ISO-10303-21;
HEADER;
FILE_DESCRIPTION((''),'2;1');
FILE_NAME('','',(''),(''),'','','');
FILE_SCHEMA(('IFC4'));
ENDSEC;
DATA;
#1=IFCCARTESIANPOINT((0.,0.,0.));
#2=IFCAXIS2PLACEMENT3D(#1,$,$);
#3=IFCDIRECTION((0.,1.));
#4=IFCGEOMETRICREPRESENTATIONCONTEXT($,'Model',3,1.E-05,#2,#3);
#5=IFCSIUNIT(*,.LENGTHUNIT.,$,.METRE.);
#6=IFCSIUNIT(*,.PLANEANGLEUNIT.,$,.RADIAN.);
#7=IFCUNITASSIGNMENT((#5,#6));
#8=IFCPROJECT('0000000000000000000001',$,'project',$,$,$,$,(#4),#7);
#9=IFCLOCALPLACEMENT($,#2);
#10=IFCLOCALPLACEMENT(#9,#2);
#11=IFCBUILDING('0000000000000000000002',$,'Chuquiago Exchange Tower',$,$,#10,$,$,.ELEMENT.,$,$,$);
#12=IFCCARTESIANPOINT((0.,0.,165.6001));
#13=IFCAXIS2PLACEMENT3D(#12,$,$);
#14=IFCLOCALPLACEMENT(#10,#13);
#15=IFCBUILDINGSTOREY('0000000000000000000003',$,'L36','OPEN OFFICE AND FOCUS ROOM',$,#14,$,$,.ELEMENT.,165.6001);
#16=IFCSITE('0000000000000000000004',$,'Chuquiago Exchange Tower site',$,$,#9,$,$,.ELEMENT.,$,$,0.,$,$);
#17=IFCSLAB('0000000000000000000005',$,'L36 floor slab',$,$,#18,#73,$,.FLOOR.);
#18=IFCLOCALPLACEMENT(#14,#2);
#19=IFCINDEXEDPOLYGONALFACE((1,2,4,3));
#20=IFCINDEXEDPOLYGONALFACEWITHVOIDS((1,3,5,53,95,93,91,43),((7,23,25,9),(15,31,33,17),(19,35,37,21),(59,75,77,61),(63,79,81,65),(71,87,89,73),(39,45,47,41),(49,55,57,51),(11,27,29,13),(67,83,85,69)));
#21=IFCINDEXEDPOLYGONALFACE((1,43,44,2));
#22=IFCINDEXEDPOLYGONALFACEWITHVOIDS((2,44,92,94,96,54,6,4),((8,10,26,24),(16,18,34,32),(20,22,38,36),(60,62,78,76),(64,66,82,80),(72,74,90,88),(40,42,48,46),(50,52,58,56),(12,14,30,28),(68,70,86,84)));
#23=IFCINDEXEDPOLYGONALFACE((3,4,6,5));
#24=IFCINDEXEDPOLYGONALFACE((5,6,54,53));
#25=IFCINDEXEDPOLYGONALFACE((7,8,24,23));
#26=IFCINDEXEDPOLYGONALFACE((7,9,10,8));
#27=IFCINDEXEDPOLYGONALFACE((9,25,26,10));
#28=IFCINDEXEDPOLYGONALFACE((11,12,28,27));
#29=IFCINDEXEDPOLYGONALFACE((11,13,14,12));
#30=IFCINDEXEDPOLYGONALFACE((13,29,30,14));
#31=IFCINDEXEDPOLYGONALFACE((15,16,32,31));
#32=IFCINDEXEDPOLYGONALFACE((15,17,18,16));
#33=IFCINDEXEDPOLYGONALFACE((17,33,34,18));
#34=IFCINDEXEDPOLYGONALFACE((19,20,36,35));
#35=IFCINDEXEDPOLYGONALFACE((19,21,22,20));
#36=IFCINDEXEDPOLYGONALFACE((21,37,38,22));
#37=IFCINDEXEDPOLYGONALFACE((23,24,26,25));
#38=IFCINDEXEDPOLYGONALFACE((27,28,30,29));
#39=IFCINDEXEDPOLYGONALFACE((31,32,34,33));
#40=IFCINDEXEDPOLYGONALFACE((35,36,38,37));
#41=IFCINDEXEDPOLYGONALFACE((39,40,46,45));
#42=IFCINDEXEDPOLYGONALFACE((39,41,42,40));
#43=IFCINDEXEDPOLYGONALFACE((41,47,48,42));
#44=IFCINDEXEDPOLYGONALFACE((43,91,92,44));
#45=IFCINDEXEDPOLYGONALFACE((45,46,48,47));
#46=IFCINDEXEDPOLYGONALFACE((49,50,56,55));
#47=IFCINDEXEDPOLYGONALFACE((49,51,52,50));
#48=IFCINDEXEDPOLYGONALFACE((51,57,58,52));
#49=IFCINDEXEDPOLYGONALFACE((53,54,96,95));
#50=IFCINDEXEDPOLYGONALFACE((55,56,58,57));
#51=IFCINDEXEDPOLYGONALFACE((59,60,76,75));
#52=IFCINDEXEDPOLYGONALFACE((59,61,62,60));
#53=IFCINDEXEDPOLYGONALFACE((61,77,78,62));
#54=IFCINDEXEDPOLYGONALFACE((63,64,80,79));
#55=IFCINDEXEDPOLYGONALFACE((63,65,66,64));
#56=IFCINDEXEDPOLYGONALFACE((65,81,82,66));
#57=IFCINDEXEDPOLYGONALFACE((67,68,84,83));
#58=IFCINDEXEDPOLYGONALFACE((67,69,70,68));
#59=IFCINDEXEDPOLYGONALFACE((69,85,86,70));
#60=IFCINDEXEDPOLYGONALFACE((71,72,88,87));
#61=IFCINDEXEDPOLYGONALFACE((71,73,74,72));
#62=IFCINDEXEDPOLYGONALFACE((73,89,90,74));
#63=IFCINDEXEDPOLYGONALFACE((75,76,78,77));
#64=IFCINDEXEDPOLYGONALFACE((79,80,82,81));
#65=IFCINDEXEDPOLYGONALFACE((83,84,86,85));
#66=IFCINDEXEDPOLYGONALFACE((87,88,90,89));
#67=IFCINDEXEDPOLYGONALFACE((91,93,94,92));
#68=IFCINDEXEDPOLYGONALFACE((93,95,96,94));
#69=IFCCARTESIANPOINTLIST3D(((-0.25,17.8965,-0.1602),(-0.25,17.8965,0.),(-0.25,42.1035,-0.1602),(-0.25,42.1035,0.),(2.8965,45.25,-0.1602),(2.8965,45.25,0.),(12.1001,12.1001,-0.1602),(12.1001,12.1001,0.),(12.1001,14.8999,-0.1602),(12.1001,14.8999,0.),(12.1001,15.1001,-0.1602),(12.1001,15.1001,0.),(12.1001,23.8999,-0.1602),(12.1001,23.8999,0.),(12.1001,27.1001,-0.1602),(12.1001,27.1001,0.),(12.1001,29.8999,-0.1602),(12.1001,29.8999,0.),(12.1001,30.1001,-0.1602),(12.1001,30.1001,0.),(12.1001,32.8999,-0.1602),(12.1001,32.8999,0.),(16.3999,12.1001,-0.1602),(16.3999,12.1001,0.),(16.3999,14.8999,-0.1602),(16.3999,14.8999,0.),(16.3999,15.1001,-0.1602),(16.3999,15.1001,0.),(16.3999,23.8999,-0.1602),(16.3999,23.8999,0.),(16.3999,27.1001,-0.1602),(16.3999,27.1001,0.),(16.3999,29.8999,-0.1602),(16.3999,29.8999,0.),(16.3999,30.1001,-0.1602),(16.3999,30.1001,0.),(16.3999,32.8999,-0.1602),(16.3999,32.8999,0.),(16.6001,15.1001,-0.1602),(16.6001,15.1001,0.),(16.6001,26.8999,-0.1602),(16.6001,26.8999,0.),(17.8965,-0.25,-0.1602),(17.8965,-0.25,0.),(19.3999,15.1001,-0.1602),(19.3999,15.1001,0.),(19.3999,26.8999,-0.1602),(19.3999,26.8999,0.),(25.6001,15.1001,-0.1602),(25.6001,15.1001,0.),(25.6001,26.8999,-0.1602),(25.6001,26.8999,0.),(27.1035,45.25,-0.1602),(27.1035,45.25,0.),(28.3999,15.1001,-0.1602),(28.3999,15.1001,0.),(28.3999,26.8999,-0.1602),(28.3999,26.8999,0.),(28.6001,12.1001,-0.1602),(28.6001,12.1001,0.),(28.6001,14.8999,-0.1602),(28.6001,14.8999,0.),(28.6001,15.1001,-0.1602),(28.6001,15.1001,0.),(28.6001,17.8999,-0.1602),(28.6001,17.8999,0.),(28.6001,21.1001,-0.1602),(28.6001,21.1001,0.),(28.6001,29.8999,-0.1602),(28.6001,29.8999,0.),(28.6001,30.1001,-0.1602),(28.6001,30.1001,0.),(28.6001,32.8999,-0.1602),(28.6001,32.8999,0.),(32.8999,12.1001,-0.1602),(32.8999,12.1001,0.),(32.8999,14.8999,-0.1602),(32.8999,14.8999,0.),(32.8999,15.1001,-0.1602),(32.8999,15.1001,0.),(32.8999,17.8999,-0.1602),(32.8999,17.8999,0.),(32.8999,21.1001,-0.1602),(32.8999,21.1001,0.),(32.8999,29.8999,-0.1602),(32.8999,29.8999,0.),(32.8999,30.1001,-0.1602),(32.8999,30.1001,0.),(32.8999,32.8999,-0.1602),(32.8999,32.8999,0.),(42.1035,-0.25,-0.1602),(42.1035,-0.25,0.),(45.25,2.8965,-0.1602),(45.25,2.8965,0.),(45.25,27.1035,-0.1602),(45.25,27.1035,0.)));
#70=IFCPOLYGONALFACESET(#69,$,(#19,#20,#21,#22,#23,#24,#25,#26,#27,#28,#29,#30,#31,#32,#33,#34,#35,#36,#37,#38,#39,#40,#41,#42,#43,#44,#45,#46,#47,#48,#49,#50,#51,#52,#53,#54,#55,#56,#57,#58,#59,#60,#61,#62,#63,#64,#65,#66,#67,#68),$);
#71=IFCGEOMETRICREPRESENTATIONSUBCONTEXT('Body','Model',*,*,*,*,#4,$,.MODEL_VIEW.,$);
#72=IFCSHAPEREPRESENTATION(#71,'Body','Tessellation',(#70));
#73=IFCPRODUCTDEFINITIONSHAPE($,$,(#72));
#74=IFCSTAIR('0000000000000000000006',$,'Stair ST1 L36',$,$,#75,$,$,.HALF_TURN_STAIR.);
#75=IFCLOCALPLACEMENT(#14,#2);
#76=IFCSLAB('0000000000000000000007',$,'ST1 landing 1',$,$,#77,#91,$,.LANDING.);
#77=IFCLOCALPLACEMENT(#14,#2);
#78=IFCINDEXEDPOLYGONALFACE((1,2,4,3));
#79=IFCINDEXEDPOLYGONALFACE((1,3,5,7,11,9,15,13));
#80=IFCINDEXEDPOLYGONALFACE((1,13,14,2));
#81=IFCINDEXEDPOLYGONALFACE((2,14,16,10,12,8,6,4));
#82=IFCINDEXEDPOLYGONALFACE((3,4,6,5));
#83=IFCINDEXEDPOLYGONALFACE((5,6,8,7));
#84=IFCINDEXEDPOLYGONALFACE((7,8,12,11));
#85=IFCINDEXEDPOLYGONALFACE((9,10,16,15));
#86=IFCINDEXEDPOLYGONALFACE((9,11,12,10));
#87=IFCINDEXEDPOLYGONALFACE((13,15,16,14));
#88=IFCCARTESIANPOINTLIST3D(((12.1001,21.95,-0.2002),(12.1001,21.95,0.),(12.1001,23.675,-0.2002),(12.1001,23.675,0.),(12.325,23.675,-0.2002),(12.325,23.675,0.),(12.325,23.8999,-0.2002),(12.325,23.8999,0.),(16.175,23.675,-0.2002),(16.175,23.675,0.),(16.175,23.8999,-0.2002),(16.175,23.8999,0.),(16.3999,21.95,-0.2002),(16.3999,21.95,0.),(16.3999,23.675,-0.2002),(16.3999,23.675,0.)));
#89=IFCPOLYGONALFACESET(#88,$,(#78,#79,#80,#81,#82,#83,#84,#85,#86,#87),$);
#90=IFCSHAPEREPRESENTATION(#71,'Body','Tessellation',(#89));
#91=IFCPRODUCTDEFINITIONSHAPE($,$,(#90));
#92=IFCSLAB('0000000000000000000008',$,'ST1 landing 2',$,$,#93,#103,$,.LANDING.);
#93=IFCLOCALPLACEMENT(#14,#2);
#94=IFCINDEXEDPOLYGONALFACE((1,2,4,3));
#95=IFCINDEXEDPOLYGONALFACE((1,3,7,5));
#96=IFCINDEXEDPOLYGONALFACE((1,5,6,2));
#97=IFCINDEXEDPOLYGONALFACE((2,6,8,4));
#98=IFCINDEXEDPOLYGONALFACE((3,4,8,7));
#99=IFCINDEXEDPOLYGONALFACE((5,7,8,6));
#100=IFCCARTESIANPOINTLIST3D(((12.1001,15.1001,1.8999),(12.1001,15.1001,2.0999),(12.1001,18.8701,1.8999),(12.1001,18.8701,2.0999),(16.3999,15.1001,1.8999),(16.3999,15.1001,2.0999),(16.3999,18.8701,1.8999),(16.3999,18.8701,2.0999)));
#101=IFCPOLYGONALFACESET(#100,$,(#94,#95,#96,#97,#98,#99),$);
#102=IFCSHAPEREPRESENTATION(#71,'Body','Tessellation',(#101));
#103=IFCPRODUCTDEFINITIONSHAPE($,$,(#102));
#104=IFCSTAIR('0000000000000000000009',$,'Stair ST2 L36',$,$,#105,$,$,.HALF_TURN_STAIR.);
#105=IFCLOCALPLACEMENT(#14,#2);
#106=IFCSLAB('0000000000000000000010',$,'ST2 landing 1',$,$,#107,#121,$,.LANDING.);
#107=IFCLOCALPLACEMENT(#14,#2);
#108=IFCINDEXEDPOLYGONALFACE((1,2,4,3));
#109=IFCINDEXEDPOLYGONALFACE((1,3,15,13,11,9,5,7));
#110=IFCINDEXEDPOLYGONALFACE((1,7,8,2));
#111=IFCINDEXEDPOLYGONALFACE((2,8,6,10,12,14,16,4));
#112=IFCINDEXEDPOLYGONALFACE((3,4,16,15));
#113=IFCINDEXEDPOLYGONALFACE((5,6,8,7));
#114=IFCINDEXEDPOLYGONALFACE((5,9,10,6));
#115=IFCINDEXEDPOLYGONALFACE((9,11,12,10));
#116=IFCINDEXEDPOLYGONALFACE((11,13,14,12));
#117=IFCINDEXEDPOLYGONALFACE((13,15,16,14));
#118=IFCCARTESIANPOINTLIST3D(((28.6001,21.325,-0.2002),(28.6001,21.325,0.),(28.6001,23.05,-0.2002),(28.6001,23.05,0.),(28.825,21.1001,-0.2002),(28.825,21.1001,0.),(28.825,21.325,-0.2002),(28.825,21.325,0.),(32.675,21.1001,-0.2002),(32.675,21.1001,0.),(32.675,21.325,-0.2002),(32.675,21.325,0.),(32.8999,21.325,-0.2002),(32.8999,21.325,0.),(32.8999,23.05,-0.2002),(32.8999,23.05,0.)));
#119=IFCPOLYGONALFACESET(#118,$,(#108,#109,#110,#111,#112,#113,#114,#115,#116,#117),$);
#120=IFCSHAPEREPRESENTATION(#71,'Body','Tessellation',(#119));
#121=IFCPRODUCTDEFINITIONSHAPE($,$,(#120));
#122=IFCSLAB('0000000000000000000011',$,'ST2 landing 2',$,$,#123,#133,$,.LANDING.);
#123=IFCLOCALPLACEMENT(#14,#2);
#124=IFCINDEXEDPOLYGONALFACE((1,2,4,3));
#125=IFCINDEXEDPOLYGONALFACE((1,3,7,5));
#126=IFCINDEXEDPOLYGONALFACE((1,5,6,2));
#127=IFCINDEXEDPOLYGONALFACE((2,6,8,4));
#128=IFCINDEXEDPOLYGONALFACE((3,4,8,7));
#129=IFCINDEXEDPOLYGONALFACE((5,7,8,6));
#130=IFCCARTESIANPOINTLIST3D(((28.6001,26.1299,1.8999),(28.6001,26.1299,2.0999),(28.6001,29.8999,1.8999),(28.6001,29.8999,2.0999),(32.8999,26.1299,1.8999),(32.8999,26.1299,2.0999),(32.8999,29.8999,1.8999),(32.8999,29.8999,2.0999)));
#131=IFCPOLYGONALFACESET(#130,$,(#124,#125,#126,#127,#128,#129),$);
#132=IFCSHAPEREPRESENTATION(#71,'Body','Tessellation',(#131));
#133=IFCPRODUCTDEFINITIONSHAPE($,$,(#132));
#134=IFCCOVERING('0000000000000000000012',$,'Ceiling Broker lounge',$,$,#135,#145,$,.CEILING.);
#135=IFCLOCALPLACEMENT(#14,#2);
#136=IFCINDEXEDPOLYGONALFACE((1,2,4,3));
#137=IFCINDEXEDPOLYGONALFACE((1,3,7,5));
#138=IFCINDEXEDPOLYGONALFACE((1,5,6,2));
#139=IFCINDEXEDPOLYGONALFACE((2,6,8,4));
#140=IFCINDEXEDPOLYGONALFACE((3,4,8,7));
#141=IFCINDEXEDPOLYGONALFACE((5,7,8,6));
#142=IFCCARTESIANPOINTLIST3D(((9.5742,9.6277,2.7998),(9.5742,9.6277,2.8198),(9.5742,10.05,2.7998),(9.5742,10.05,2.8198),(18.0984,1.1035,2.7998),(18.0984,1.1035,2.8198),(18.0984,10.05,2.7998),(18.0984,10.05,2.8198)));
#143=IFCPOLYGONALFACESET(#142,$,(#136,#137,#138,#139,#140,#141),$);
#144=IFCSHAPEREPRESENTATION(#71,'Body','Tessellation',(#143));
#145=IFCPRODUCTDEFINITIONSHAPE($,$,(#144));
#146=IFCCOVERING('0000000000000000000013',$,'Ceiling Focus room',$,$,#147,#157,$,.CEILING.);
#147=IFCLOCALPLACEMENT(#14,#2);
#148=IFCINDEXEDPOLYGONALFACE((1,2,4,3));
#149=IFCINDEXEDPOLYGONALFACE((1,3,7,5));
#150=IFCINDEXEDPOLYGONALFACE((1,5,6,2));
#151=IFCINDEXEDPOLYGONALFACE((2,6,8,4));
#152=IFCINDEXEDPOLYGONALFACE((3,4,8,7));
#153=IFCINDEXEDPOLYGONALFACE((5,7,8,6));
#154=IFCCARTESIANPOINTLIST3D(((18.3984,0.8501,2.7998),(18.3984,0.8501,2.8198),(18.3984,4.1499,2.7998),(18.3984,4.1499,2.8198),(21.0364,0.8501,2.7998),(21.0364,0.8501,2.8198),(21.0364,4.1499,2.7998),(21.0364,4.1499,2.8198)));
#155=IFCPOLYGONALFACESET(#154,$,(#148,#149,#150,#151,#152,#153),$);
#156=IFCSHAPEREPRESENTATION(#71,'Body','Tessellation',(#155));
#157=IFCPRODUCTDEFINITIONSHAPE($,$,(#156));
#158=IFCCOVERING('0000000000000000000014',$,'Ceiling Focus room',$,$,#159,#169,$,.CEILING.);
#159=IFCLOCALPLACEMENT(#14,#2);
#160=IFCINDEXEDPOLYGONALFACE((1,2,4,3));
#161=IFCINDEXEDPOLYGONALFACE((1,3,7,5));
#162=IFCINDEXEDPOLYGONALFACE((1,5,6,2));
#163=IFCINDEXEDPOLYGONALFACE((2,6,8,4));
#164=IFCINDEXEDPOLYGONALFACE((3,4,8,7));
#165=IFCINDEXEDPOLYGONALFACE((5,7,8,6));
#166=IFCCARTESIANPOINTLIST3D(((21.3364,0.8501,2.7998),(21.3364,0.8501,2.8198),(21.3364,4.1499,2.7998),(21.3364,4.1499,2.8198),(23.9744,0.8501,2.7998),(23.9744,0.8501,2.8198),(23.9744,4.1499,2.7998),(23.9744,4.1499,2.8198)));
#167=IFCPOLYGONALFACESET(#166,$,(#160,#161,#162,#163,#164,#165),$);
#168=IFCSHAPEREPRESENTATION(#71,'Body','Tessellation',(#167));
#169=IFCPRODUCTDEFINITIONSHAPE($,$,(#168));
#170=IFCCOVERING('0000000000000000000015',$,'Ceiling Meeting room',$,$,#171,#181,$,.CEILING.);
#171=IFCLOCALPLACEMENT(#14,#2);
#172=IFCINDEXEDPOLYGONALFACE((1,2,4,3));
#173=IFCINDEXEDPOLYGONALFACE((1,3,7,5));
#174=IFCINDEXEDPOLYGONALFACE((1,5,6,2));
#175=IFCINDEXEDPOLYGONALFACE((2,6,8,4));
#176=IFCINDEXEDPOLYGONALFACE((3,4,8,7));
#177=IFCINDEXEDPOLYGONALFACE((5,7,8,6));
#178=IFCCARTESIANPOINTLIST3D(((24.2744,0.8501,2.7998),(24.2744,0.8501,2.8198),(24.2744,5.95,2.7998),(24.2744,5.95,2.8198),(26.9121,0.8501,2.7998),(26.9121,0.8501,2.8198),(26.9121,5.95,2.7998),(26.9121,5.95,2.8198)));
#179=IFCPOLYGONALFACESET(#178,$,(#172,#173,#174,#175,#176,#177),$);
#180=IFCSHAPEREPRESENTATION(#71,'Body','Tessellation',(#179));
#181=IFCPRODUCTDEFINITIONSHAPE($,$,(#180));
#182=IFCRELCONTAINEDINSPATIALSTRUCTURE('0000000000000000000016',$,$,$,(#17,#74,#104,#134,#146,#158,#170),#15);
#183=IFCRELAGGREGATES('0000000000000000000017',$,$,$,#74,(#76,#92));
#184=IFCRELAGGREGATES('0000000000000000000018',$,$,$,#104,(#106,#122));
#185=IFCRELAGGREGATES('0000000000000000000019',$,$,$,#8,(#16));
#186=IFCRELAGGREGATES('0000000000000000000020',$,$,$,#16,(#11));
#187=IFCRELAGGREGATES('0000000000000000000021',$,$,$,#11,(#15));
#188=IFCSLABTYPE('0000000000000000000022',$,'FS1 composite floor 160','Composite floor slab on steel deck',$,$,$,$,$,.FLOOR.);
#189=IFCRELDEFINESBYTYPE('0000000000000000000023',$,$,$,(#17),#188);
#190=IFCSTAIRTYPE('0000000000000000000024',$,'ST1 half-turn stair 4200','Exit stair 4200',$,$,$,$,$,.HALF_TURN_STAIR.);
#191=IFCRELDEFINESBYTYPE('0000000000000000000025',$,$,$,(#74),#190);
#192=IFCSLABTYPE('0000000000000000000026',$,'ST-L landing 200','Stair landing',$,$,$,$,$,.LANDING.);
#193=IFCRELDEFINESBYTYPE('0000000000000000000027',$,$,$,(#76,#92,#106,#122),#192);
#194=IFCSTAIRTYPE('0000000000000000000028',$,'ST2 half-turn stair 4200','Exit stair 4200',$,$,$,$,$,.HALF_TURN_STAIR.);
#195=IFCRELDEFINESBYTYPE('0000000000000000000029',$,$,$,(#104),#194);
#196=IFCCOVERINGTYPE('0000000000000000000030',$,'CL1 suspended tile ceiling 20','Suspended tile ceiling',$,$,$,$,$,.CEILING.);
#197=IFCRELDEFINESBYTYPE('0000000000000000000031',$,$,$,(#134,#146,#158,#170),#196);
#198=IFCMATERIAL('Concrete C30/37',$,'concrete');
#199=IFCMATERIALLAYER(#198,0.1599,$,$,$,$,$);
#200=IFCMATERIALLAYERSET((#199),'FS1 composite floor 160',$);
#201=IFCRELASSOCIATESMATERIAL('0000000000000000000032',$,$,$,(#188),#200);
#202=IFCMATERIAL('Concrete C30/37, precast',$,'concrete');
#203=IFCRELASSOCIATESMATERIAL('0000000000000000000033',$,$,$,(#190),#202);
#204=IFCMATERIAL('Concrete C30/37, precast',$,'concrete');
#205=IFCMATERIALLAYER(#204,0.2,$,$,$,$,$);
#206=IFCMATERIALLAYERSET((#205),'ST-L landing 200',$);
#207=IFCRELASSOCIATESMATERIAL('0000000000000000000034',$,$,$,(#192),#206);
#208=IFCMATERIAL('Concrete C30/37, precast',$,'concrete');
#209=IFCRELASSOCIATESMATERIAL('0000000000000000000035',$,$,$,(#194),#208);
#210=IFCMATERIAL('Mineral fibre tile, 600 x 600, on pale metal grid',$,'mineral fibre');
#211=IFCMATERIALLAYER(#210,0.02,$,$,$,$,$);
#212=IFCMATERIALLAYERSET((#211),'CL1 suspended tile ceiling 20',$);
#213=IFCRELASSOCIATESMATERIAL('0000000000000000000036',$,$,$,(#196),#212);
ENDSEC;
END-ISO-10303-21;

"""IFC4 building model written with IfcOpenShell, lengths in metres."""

from ifc_helpers import new_model, si_unit, direction, frame, origin, place, context, subcontext, project, spatial, polyline, outline, extrude, material, layer, layer_set, type_object, element, aggregate, save


model = new_model("IFC4")

# Units and contexts
model_context = context("Model", 3, precision=1e-05, world=origin(), true_north=direction((0.0, 1.0)))
body_context = subcontext(model_context, "Body", "Model", "MODEL_VIEW")
ifc_project = project(units=[si_unit("LENGTHUNIT", "METRE"), si_unit("PLANEANGLEUNIT", "RADIAN")], contexts=[model_context])

# Site, building, storey
site_placement = place(None, origin())
site = spatial("IfcSite", under=ifc_project, at=site_placement, Name="Chuquiago Exchange Tower site", CompositionType="ELEMENT", RefElevation=0.0)
building_placement = place(site_placement, origin())
building = spatial("IfcBuilding", under=site, at=building_placement, Name="Chuquiago Exchange Tower", CompositionType="ELEMENT")
storey_placement = place(building_placement, frame((0.0, 0.0, 165.6001)))
storey = spatial("IfcBuildingStorey", under=building, at=storey_placement, Name="L36", Description="OPEN OFFICE AND FOCUS ROOM", CompositionType="ELEMENT", Elevation=165.6001)

# Slab
ifc_material_1 = material(Name="Concrete C30/37", Category="concrete")
ifc_layer_1 = layer(ifc_material_1, 0.1599)
ifc_layer_set_1 = layer_set([ifc_layer_1], Name="FS1 composite floor 160")
slab_type_1 = type_object("IfcSlabType", Name="FS1 composite floor 160", Description="Composite floor slab on steel deck", PredefinedType="FLOOR", material=ifc_layer_set_1)
slab_1_placement = place(storey_placement, frame((0.0, 0.0, -0.1602)))
element("IfcSlab", 1, at=slab_1_placement, inside=storey, type_object=slab_type_1, Name="L36 floor slab", PredefinedType="FLOOR", context=body_context, shape_type="SweptSolid", body=[
    extrude(outline(polyline([(17.8965, -0.25), (-0.25, 17.8965), (-0.25, 42.1035), (2.8965, 45.25), (27.1035, 45.25), (45.25, 27.1035), (45.25, 2.8965), (42.1035, -0.25), (17.8965, -0.25)]), holes=[polyline([(16.3999, 15.1001), (12.1001, 15.1001), (12.1001, 23.8999), (16.3999, 23.8999), (16.3999, 15.1001)]), polyline([(32.8999, 21.1001), (28.6001, 21.1001), (28.6001, 29.8999), (32.8999, 29.8999), (32.8999, 21.1001)]), polyline([(16.3999, 12.1001), (12.1001, 12.1001), (12.1001, 14.8999), (16.3999, 14.8999), (16.3999, 12.1001)]), polyline([(16.3999, 30.1001), (12.1001, 30.1001), (12.1001, 32.8999), (16.3999, 32.8999), (16.3999, 30.1001)]), polyline([(32.8999, 12.1001), (28.6001, 12.1001), (28.6001, 14.8999), (32.8999, 14.8999), (32.8999, 12.1001)]), polyline([(32.8999, 30.1001), (28.6001, 30.1001), (28.6001, 32.8999), (32.8999, 32.8999), (32.8999, 30.1001)]), polyline([(16.3999, 27.1001), (12.1001, 27.1001), (12.1001, 29.8999), (16.3999, 29.8999), (16.3999, 27.1001)]), polyline([(32.8999, 15.1001), (28.6001, 15.1001), (28.6001, 17.8999), (32.8999, 17.8999), (32.8999, 15.1001)]), polyline([(19.3999, 15.1001), (16.6001, 15.1001), (16.6001, 26.8999), (19.3999, 26.8999), (19.3999, 15.1001)]), polyline([(28.3999, 15.1001), (25.6001, 15.1001), (25.6001, 26.8999), (28.3999, 26.8999), (28.3999, 15.1001)])]), origin(), (0.0, 0.0, 1.0), 0.1602),
])

# Stairs, slabs
ifc_material_2 = material(Name="Concrete C30/37, precast", Category="concrete")
stair_type_1 = type_object("IfcStairType", Name="ST1 half-turn stair 4200", Description="Exit stair 4200", PredefinedType="HALF_TURN_STAIR", material=ifc_material_2)
stair_1_placement = place(storey_placement, origin())
stair_1 = element("IfcStair", 2, at=stair_1_placement, inside=storey, type_object=stair_type_1, Name="Stair ST1 L36", PredefinedType="HALF_TURN_STAIR")
ifc_material_3 = material(Name="Concrete C30/37, precast", Category="concrete")
ifc_layer_2 = layer(ifc_material_3, 0.2)
ifc_layer_set_2 = layer_set([ifc_layer_2], Name="ST-L landing 200")
slab_type_2 = type_object("IfcSlabType", Name="ST-L landing 200", Description="Stair landing", PredefinedType="LANDING", material=ifc_layer_set_2)
slab_2_placement = place(storey_placement, frame((0.0, 0.0, -0.2002)))
slab_2 = element("IfcSlab", 3, at=slab_2_placement, type_object=slab_type_2, Name="ST1 landing 1", PredefinedType="LANDING", context=body_context, shape_type="SweptSolid", body=[
    extrude(outline(polyline([(12.325, 23.8999), (16.175, 23.8999), (16.175, 23.675), (16.3999, 23.675), (16.3999, 21.95), (12.1001, 21.95), (12.1001, 23.675), (12.325, 23.675), (12.325, 23.8999)])), origin(), (0.0, 0.0, 1.0), 0.2002),
])
slab_3_placement = place(storey_placement, frame((0.0, 0.0, 1.8999)))
slab_3 = element("IfcSlab", 4, at=slab_3_placement, type_object=slab_type_2, Name="ST1 landing 2", PredefinedType="LANDING", context=body_context, shape_type="SweptSolid", body=[
    extrude(outline(polyline([(12.1001, 18.8701), (16.3999, 18.8701), (16.3999, 15.1001), (12.1001, 15.1001), (12.1001, 18.8701)])), origin(), (0.0, 0.0, 1.0), 0.2),
])
aggregate(stair_1, [slab_2, slab_3])
ifc_material_4 = material(Name="Concrete C30/37, precast", Category="concrete")
stair_type_2 = type_object("IfcStairType", Name="ST2 half-turn stair 4200", Description="Exit stair 4200", PredefinedType="HALF_TURN_STAIR", material=ifc_material_4)
stair_2_placement = place(storey_placement, origin())
stair_2 = element("IfcStair", 5, at=stair_2_placement, inside=storey, type_object=stair_type_2, Name="Stair ST2 L36", PredefinedType="HALF_TURN_STAIR")
slab_4_placement = place(storey_placement, frame((0.0, 0.0, -0.2002)))
slab_4 = element("IfcSlab", 6, at=slab_4_placement, type_object=slab_type_2, Name="ST2 landing 1", PredefinedType="LANDING", context=body_context, shape_type="SweptSolid", body=[
    extrude(outline(polyline([(32.675, 21.325), (32.675, 21.1001), (28.825, 21.1001), (28.825, 21.325), (28.6001, 21.325), (28.6001, 23.05), (32.8999, 23.05), (32.8999, 21.325), (32.675, 21.325)])), origin(), (0.0, 0.0, 1.0), 0.2002),
])
slab_5_placement = place(storey_placement, frame((0.0, 0.0, 1.8999)))
slab_5 = element("IfcSlab", 7, at=slab_5_placement, type_object=slab_type_2, Name="ST2 landing 2", PredefinedType="LANDING", context=body_context, shape_type="SweptSolid", body=[
    extrude(outline(polyline([(28.6001, 29.8999), (32.8999, 29.8999), (32.8999, 26.1299), (28.6001, 26.1299), (28.6001, 29.8999)])), origin(), (0.0, 0.0, 1.0), 0.2),
])
aggregate(stair_2, [slab_4, slab_5])

# Coverings
ifc_material_5 = material(Name="Mineral fibre tile, 600 x 600, on pale metal grid", Category="mineral fibre")
ifc_layer_3 = layer(ifc_material_5, 0.02)
ifc_layer_set_3 = layer_set([ifc_layer_3], Name="CL1 suspended tile ceiling 20")
covering_type_1 = type_object("IfcCoveringType", Name="CL1 suspended tile ceiling 20", Description="Suspended tile ceiling", PredefinedType="CEILING", material=ifc_layer_set_3)
covering_1_placement = place(storey_placement, frame((0.0, 0.0, 2.7998)))
element("IfcCovering", 8, at=covering_1_placement, inside=storey, type_object=covering_type_1, Name="Ceiling Broker lounge", PredefinedType="CEILING", context=body_context, shape_type="SweptSolid", body=[
    extrude(outline(polyline([(9.5742, 10.05), (18.0984, 10.05), (18.0984, 1.1035), (9.5742, 9.6277), (9.5742, 10.05)])), origin(), (0.0, 0.0, 1.0), 0.02),
])
covering_2_placement = place(storey_placement, frame((0.0, 0.0, 2.7998)))
element("IfcCovering", 9, at=covering_2_placement, inside=storey, type_object=covering_type_1, Name="Ceiling Focus room", PredefinedType="CEILING", context=body_context, shape_type="SweptSolid", body=[
    extrude(outline(polyline([(18.3984, 4.1499), (21.0364, 4.1499), (21.0364, 0.8501), (18.3984, 0.8501), (18.3984, 4.1499)])), origin(), (0.0, 0.0, 1.0), 0.02),
])
covering_3_placement = place(storey_placement, frame((0.0, 0.0, 2.7998)))
element("IfcCovering", 10, at=covering_3_placement, inside=storey, type_object=covering_type_1, Name="Ceiling Focus room", PredefinedType="CEILING", context=body_context, shape_type="SweptSolid", body=[
    extrude(outline(polyline([(21.3364, 4.1499), (23.9744, 4.1499), (23.9744, 0.8501), (21.3364, 0.8501), (21.3364, 4.1499)])), origin(), (0.0, 0.0, 1.0), 0.02),
])
covering_4_placement = place(storey_placement, frame((0.0, 0.0, 2.7998)))
element("IfcCovering", 11, at=covering_4_placement, inside=storey, type_object=covering_type_1, Name="Ceiling Meeting room", PredefinedType="CEILING", context=body_context, shape_type="SweptSolid", body=[
    extrude(outline(polyline([(24.2744, 5.95), (26.9121, 5.95), (26.9121, 0.8501), (24.2744, 0.8501), (24.2744, 5.95)])), origin(), (0.0, 0.0, 1.0), 0.02),
])

save(model, "model.ifc")
